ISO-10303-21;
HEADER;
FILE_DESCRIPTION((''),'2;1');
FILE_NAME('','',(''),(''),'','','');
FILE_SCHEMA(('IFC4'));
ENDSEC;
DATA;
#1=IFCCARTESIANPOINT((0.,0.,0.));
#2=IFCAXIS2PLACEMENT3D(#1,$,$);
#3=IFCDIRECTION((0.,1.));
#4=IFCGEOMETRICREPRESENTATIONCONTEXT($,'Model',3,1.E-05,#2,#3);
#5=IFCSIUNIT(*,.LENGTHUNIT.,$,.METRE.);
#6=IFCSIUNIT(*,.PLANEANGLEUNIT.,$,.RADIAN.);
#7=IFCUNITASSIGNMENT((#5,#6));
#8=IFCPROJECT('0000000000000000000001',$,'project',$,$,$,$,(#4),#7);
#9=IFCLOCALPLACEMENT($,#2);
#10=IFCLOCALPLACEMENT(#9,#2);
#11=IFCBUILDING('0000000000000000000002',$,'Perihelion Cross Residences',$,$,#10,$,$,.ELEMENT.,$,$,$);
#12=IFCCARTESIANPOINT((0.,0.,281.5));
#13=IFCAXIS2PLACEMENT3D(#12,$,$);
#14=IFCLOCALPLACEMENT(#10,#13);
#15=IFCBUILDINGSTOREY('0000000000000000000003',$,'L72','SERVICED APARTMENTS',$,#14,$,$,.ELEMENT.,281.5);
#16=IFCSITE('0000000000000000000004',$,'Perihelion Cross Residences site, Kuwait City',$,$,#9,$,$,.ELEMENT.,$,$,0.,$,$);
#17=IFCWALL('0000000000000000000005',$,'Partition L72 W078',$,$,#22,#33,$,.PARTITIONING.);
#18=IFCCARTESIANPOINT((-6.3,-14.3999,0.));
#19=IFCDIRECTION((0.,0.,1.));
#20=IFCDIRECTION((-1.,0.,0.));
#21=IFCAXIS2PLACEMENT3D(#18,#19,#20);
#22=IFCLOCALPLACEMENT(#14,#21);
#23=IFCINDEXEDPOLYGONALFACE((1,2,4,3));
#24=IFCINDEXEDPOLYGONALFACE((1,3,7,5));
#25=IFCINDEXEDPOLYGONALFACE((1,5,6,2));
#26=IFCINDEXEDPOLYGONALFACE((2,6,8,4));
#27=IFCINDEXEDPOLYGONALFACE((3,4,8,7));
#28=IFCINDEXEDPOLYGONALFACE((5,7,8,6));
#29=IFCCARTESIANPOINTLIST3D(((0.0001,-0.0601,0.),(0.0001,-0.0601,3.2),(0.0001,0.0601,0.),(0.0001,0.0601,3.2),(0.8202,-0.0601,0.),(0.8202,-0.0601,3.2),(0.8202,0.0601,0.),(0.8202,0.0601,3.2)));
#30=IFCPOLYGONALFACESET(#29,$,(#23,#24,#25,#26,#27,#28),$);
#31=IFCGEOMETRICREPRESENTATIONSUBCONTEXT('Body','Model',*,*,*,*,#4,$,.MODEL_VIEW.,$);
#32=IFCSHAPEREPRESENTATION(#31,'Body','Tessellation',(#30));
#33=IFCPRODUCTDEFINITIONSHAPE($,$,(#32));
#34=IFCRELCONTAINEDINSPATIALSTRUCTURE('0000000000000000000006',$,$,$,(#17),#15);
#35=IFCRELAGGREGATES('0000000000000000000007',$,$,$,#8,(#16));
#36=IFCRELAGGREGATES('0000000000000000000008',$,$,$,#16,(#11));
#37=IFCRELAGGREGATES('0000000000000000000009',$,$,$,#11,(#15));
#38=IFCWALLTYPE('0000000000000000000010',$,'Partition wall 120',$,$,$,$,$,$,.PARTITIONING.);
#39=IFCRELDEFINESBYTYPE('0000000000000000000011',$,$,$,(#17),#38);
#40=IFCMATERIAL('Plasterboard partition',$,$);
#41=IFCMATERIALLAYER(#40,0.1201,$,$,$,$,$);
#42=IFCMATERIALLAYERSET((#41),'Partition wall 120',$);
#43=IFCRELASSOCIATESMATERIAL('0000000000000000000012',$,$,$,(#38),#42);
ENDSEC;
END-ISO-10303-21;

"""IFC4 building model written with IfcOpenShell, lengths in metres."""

from ifc_helpers import new_model, si_unit, direction, frame, frame_2d, origin, place, context, subcontext, project, spatial, rectangle, extrude, material, layer, layer_set, type_object, element, save


model = new_model("IFC4")

# Units and contexts
model_context = context("Model", 3, precision=1e-05, world=origin(), true_north=direction((0.0, 1.0)))
body_context = subcontext(model_context, "Body", "Model", "MODEL_VIEW")
ifc_project = project(units=[si_unit("LENGTHUNIT", "METRE"), si_unit("PLANEANGLEUNIT", "RADIAN")], contexts=[model_context])

# Site, building, storey
site_placement = place(None, origin())
site = spatial("IfcSite", under=ifc_project, at=site_placement, Name="Perihelion Cross Residences site, Kuwait City", CompositionType="ELEMENT", RefElevation=0.0)
building_placement = place(site_placement, origin())
building = spatial("IfcBuilding", under=site, at=building_placement, Name="Perihelion Cross Residences", CompositionType="ELEMENT")
storey_placement = place(building_placement, frame((0.0, 0.0, 281.5)))
storey = spatial("IfcBuildingStorey", under=building, at=storey_placement, Name="L72", Description="SERVICED APARTMENTS", CompositionType="ELEMENT", Elevation=281.5)

# Wall
ifc_material_1 = material(Name="Plasterboard partition")
ifc_layer_1 = layer(ifc_material_1, 0.1201)
ifc_layer_set_1 = layer_set([ifc_layer_1], Name="Partition wall 120")
wall_type_1 = type_object("IfcWallType", Name="Partition wall 120", PredefinedType="PARTITIONING", material=ifc_layer_set_1)
wall_1_placement = place(storey_placement, frame((-6.3, -14.3999, 0.0), z_axis=(0.0, 0.0, 1.0), x_axis=(-1.0, 0.0, 0.0)))
element("IfcWall", 1, at=wall_1_placement, inside=storey, type_object=wall_type_1, Name="Partition L72 W078", PredefinedType="PARTITIONING", context=body_context, shape_type="SweptSolid", body=[
    extrude(rectangle(XDim=0.8201, YDim=0.1201, at=frame_2d((0.4102, 0.0))), origin(), (0.0, 0.0, 1.0), 3.2),
])

save(model, "model.ifc")
